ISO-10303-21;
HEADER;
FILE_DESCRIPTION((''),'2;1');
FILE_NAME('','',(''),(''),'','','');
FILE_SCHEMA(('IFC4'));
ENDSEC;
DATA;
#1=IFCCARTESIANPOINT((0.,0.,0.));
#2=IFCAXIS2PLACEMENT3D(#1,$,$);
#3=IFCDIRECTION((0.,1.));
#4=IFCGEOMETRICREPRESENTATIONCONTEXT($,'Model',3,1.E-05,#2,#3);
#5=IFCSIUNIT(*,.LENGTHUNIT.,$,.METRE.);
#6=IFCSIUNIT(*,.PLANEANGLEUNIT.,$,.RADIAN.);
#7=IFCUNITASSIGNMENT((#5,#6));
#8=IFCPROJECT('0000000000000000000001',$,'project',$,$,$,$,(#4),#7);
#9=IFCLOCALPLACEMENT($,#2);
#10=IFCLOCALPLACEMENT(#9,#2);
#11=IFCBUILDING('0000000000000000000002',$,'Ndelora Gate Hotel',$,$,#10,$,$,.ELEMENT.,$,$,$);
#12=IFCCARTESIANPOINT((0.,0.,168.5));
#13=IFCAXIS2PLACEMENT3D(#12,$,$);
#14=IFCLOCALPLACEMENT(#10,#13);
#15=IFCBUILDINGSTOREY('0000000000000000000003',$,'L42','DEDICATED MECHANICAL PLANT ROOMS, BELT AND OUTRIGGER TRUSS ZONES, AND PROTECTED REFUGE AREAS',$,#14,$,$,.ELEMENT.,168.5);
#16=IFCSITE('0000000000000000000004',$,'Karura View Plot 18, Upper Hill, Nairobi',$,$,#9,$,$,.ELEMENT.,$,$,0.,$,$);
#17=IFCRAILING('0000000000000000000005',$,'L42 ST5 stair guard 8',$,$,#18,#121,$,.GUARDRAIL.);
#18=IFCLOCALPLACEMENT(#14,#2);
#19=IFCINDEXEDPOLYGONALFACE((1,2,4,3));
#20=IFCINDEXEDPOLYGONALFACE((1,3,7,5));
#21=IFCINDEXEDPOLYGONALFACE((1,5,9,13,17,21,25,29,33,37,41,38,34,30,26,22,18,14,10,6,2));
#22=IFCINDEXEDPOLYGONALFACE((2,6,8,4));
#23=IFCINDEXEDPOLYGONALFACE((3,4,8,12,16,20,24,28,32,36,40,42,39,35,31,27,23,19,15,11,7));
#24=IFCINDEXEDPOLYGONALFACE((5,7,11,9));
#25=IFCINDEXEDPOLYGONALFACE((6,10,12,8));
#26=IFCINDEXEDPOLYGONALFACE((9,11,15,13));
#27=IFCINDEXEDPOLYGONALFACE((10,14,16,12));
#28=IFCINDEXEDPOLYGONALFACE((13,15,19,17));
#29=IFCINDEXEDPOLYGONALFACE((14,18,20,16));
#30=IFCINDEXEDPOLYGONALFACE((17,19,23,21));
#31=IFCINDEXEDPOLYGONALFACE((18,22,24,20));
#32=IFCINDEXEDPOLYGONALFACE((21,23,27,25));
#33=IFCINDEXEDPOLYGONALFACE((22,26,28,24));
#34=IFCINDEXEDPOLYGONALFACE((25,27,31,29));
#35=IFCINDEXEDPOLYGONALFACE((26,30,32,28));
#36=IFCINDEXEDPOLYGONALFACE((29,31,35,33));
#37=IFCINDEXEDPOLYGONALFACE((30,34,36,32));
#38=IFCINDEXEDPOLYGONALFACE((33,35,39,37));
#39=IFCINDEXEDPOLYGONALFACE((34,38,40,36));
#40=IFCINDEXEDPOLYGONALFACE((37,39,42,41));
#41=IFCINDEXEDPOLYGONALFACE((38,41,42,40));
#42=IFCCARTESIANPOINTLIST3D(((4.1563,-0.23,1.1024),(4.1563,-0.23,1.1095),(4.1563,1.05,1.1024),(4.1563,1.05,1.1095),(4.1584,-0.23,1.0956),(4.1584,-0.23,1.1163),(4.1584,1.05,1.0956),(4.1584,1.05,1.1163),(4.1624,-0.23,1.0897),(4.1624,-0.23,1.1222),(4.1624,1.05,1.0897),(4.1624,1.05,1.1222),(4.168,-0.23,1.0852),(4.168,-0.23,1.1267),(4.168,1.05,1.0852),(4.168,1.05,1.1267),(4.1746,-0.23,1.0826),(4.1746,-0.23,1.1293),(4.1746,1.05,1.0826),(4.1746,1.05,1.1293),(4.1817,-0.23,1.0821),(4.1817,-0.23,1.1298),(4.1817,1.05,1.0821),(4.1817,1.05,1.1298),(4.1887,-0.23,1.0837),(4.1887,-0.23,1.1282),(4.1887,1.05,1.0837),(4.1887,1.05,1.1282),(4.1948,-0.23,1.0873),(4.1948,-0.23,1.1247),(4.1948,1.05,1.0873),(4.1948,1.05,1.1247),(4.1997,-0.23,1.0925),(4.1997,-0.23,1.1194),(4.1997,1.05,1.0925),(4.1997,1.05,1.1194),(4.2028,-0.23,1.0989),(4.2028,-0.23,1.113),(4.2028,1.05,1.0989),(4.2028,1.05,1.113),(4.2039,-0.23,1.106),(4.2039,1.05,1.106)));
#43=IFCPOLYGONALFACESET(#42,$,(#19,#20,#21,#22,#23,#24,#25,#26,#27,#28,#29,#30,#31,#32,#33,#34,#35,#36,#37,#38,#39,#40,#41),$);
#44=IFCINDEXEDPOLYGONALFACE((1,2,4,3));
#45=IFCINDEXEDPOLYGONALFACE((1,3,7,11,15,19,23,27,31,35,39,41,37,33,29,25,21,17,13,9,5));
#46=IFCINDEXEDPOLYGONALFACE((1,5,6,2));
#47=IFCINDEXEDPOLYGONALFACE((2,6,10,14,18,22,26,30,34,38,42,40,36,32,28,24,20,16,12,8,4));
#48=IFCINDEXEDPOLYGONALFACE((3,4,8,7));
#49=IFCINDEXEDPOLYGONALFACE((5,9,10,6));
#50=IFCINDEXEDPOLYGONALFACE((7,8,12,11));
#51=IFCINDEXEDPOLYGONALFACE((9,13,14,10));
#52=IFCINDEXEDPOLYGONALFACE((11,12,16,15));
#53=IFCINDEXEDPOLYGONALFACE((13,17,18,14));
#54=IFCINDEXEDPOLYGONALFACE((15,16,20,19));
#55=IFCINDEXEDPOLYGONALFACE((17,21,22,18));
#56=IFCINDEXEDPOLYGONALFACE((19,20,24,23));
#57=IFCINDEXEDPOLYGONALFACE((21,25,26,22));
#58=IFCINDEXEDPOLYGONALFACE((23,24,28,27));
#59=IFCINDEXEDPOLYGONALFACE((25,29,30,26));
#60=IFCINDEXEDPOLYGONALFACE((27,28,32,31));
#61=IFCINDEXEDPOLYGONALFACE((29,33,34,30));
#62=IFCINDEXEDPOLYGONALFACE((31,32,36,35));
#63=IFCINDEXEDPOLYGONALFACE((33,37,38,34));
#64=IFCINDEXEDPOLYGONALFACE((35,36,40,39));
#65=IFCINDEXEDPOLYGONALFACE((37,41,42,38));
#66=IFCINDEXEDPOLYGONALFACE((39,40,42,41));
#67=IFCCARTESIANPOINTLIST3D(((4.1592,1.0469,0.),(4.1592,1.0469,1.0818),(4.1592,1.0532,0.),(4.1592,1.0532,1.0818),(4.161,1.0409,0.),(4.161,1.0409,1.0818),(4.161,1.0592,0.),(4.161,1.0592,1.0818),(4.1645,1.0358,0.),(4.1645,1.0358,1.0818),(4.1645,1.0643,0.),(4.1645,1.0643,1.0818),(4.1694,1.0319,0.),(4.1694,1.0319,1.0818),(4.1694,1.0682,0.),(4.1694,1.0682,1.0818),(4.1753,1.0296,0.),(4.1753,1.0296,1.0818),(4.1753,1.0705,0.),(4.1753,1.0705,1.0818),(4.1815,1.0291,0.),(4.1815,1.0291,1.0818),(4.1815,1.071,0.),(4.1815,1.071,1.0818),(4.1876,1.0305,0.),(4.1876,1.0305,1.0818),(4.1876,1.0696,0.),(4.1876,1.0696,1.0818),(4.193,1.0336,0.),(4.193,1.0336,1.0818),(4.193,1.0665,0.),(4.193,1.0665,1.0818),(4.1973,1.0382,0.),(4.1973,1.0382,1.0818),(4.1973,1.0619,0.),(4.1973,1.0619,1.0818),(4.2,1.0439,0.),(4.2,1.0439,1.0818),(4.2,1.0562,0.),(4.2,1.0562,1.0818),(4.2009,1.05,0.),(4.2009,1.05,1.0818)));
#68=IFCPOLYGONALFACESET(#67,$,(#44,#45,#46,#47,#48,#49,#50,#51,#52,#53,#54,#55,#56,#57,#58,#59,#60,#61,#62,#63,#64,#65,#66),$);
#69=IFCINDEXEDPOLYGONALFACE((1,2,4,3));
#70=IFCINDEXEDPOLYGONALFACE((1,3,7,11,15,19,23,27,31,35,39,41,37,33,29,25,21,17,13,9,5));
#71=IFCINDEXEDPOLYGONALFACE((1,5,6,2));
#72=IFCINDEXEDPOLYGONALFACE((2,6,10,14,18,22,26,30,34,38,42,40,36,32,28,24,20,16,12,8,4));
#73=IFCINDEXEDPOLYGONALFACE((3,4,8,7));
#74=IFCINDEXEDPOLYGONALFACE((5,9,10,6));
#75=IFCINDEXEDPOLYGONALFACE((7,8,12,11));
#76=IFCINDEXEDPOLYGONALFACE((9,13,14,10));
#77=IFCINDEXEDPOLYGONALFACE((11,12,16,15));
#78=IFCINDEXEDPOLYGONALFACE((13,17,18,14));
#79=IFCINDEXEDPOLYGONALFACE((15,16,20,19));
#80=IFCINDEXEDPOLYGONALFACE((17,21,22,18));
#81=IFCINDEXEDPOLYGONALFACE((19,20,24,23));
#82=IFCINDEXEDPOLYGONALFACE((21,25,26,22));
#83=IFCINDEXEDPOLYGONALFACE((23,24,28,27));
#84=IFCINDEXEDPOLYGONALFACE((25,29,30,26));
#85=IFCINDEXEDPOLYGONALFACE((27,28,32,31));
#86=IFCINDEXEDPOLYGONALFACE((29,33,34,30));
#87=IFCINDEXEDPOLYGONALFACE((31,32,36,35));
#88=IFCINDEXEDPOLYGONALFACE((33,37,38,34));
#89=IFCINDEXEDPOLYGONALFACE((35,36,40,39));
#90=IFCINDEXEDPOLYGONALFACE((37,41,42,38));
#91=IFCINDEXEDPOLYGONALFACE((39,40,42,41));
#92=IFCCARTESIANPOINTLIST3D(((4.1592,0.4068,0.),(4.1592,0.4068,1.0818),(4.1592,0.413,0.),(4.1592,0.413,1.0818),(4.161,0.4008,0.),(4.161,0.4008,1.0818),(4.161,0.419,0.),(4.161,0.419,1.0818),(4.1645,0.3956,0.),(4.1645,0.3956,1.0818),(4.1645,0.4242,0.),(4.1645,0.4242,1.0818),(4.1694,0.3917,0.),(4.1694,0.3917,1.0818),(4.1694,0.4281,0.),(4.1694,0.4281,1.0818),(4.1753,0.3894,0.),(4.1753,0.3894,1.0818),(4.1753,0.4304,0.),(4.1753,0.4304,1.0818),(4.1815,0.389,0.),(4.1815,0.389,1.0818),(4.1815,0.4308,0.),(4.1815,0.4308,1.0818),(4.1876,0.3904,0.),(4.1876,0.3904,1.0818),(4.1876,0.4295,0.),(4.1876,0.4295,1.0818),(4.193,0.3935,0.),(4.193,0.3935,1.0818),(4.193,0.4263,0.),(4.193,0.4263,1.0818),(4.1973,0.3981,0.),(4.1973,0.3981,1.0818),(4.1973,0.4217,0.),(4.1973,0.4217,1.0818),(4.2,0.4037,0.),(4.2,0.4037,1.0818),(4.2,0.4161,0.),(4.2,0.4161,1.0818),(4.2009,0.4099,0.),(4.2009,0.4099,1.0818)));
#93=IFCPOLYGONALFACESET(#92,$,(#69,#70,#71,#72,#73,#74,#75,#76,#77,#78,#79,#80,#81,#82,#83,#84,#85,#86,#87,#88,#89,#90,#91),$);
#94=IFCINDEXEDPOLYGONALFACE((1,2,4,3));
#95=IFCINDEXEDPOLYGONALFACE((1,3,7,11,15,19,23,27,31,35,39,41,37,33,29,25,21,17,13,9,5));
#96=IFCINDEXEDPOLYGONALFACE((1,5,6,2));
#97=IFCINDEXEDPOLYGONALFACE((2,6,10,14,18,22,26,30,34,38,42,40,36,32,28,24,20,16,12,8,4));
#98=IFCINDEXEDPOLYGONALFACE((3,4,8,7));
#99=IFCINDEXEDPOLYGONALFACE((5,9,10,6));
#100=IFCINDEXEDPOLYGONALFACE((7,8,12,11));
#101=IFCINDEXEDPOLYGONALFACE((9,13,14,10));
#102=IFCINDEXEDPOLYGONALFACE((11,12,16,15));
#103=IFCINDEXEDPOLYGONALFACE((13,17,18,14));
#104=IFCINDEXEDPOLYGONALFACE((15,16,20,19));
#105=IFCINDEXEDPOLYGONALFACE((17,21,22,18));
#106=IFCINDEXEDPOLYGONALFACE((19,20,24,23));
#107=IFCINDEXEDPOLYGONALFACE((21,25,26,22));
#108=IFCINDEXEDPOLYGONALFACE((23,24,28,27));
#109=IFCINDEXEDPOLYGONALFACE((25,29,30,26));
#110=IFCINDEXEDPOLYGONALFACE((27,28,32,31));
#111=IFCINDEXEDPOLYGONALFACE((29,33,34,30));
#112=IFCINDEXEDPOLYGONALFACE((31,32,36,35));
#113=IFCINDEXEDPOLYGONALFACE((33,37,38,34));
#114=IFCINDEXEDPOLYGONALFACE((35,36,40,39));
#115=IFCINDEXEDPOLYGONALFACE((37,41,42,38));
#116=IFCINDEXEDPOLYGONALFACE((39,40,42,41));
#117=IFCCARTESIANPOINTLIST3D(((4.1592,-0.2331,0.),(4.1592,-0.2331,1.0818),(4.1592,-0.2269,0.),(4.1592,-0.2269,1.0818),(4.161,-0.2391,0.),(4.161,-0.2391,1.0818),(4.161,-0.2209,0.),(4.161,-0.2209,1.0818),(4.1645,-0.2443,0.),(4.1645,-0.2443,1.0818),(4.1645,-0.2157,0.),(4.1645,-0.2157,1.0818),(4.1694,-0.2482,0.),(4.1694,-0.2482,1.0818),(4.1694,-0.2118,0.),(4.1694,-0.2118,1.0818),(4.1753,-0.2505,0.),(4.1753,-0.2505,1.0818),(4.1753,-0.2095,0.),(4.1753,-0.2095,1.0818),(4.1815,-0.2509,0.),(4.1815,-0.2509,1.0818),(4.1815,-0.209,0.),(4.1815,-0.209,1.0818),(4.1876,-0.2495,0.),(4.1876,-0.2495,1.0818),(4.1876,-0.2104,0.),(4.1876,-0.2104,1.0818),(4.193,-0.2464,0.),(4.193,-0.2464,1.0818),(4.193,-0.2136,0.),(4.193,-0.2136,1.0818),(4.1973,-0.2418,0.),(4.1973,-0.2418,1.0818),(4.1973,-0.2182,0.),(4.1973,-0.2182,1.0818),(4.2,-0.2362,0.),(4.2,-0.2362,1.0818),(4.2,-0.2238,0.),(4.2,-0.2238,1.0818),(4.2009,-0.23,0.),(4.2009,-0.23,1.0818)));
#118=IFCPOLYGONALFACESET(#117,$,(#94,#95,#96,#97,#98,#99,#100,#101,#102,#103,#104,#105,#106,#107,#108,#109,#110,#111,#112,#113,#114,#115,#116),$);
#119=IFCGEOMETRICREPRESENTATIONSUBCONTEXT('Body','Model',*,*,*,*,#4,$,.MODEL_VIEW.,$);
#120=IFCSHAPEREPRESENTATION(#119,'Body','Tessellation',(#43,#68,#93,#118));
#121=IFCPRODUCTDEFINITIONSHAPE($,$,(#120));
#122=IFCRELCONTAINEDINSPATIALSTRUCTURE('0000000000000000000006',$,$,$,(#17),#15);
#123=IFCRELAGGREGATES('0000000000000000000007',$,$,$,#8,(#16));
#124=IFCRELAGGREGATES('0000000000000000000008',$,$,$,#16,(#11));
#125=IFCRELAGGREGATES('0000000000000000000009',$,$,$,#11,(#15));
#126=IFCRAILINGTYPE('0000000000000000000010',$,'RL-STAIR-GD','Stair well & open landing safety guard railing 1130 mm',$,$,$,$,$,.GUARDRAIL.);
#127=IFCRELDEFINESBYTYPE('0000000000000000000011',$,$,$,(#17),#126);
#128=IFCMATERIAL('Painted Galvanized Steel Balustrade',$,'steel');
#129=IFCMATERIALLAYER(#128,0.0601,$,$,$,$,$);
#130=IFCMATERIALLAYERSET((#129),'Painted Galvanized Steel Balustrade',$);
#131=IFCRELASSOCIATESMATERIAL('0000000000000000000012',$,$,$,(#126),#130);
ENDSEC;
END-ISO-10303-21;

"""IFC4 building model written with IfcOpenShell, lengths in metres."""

from ifc_helpers import new_model, si_unit, direction, frame, origin, origin_2d, place, context, subcontext, project, spatial, circle, extrude, material, layer, layer_set, type_object, element, save


model = new_model("IFC4")

# Units and contexts
model_context = context("Model", 3, precision=1e-05, world=origin(), true_north=direction((0.0, 1.0)))
body_context = subcontext(model_context, "Body", "Model", "MODEL_VIEW")
ifc_project = project(units=[si_unit("LENGTHUNIT", "METRE"), si_unit("PLANEANGLEUNIT", "RADIAN")], contexts=[model_context])

# Site, building, storey
site_placement = place(None, origin())
site = spatial("IfcSite", under=ifc_project, at=site_placement, Name="Karura View Plot 18, Upper Hill, Nairobi", CompositionType="ELEMENT", RefElevation=0.0)
building_placement = place(site_placement, origin())
building = spatial("IfcBuilding", under=site, at=building_placement, Name="Ndelora Gate Hotel", CompositionType="ELEMENT")
storey_placement = place(building_placement, frame((0.0, 0.0, 168.5)))
storey = spatial("IfcBuildingStorey", under=building, at=storey_placement, Name="L42", Description="DEDICATED MECHANICAL PLANT ROOMS, BELT AND OUTRIGGER TRUSS ZONES, AND PROTECTED REFUGE AREAS", CompositionType="ELEMENT", Elevation=168.5)

# Railing
ifc_material_1 = material(Name="Painted Galvanized Steel Balustrade", Category="steel")
ifc_layer_1 = layer(ifc_material_1, 0.0601)
ifc_layer_set_1 = layer_set([ifc_layer_1], Name="Painted Galvanized Steel Balustrade")
railing_type = type_object("IfcRailingType", Name="RL-STAIR-GD", Description="Stair well & open landing safety guard railing 1130 mm", PredefinedType="GUARDRAIL", material=ifc_layer_set_1)
for number, where, name in (
    (1, (4.1799, 1.05, 0.0), "L42 ST5 stair guard 8"),
):
    element("IfcRailing", number, at=place(storey_placement, frame(where)), inside=storey, type_object=railing_type, Name=name, PredefinedType="GUARDRAIL", context=body_context, shape_type="SweptSolid", body=[
        extrude(circle(Radius=0.0239, at=origin_2d()), frame((0.0, 0.0, 1.106), z_axis=(0.0, -1.0, 0.0), x_axis=(1.0, 0.0, 0.0)), (0.0, 0.0, 1.0), 1.28),
        extrude(circle(Radius=0.021, at=origin_2d()), origin(), (0.0, 0.0, 1.0), 1.0818),
        extrude(circle(Radius=0.021, at=origin_2d()), frame((0.0, -0.6401, 0.0)), (0.0, 0.0, 1.0), 1.0818),
        extrude(circle(Radius=0.021, at=origin_2d()), frame((0.0, -1.28, 0.0)), (0.0, 0.0, 1.0), 1.0818),
    ])

save(model, "model.ifc")
